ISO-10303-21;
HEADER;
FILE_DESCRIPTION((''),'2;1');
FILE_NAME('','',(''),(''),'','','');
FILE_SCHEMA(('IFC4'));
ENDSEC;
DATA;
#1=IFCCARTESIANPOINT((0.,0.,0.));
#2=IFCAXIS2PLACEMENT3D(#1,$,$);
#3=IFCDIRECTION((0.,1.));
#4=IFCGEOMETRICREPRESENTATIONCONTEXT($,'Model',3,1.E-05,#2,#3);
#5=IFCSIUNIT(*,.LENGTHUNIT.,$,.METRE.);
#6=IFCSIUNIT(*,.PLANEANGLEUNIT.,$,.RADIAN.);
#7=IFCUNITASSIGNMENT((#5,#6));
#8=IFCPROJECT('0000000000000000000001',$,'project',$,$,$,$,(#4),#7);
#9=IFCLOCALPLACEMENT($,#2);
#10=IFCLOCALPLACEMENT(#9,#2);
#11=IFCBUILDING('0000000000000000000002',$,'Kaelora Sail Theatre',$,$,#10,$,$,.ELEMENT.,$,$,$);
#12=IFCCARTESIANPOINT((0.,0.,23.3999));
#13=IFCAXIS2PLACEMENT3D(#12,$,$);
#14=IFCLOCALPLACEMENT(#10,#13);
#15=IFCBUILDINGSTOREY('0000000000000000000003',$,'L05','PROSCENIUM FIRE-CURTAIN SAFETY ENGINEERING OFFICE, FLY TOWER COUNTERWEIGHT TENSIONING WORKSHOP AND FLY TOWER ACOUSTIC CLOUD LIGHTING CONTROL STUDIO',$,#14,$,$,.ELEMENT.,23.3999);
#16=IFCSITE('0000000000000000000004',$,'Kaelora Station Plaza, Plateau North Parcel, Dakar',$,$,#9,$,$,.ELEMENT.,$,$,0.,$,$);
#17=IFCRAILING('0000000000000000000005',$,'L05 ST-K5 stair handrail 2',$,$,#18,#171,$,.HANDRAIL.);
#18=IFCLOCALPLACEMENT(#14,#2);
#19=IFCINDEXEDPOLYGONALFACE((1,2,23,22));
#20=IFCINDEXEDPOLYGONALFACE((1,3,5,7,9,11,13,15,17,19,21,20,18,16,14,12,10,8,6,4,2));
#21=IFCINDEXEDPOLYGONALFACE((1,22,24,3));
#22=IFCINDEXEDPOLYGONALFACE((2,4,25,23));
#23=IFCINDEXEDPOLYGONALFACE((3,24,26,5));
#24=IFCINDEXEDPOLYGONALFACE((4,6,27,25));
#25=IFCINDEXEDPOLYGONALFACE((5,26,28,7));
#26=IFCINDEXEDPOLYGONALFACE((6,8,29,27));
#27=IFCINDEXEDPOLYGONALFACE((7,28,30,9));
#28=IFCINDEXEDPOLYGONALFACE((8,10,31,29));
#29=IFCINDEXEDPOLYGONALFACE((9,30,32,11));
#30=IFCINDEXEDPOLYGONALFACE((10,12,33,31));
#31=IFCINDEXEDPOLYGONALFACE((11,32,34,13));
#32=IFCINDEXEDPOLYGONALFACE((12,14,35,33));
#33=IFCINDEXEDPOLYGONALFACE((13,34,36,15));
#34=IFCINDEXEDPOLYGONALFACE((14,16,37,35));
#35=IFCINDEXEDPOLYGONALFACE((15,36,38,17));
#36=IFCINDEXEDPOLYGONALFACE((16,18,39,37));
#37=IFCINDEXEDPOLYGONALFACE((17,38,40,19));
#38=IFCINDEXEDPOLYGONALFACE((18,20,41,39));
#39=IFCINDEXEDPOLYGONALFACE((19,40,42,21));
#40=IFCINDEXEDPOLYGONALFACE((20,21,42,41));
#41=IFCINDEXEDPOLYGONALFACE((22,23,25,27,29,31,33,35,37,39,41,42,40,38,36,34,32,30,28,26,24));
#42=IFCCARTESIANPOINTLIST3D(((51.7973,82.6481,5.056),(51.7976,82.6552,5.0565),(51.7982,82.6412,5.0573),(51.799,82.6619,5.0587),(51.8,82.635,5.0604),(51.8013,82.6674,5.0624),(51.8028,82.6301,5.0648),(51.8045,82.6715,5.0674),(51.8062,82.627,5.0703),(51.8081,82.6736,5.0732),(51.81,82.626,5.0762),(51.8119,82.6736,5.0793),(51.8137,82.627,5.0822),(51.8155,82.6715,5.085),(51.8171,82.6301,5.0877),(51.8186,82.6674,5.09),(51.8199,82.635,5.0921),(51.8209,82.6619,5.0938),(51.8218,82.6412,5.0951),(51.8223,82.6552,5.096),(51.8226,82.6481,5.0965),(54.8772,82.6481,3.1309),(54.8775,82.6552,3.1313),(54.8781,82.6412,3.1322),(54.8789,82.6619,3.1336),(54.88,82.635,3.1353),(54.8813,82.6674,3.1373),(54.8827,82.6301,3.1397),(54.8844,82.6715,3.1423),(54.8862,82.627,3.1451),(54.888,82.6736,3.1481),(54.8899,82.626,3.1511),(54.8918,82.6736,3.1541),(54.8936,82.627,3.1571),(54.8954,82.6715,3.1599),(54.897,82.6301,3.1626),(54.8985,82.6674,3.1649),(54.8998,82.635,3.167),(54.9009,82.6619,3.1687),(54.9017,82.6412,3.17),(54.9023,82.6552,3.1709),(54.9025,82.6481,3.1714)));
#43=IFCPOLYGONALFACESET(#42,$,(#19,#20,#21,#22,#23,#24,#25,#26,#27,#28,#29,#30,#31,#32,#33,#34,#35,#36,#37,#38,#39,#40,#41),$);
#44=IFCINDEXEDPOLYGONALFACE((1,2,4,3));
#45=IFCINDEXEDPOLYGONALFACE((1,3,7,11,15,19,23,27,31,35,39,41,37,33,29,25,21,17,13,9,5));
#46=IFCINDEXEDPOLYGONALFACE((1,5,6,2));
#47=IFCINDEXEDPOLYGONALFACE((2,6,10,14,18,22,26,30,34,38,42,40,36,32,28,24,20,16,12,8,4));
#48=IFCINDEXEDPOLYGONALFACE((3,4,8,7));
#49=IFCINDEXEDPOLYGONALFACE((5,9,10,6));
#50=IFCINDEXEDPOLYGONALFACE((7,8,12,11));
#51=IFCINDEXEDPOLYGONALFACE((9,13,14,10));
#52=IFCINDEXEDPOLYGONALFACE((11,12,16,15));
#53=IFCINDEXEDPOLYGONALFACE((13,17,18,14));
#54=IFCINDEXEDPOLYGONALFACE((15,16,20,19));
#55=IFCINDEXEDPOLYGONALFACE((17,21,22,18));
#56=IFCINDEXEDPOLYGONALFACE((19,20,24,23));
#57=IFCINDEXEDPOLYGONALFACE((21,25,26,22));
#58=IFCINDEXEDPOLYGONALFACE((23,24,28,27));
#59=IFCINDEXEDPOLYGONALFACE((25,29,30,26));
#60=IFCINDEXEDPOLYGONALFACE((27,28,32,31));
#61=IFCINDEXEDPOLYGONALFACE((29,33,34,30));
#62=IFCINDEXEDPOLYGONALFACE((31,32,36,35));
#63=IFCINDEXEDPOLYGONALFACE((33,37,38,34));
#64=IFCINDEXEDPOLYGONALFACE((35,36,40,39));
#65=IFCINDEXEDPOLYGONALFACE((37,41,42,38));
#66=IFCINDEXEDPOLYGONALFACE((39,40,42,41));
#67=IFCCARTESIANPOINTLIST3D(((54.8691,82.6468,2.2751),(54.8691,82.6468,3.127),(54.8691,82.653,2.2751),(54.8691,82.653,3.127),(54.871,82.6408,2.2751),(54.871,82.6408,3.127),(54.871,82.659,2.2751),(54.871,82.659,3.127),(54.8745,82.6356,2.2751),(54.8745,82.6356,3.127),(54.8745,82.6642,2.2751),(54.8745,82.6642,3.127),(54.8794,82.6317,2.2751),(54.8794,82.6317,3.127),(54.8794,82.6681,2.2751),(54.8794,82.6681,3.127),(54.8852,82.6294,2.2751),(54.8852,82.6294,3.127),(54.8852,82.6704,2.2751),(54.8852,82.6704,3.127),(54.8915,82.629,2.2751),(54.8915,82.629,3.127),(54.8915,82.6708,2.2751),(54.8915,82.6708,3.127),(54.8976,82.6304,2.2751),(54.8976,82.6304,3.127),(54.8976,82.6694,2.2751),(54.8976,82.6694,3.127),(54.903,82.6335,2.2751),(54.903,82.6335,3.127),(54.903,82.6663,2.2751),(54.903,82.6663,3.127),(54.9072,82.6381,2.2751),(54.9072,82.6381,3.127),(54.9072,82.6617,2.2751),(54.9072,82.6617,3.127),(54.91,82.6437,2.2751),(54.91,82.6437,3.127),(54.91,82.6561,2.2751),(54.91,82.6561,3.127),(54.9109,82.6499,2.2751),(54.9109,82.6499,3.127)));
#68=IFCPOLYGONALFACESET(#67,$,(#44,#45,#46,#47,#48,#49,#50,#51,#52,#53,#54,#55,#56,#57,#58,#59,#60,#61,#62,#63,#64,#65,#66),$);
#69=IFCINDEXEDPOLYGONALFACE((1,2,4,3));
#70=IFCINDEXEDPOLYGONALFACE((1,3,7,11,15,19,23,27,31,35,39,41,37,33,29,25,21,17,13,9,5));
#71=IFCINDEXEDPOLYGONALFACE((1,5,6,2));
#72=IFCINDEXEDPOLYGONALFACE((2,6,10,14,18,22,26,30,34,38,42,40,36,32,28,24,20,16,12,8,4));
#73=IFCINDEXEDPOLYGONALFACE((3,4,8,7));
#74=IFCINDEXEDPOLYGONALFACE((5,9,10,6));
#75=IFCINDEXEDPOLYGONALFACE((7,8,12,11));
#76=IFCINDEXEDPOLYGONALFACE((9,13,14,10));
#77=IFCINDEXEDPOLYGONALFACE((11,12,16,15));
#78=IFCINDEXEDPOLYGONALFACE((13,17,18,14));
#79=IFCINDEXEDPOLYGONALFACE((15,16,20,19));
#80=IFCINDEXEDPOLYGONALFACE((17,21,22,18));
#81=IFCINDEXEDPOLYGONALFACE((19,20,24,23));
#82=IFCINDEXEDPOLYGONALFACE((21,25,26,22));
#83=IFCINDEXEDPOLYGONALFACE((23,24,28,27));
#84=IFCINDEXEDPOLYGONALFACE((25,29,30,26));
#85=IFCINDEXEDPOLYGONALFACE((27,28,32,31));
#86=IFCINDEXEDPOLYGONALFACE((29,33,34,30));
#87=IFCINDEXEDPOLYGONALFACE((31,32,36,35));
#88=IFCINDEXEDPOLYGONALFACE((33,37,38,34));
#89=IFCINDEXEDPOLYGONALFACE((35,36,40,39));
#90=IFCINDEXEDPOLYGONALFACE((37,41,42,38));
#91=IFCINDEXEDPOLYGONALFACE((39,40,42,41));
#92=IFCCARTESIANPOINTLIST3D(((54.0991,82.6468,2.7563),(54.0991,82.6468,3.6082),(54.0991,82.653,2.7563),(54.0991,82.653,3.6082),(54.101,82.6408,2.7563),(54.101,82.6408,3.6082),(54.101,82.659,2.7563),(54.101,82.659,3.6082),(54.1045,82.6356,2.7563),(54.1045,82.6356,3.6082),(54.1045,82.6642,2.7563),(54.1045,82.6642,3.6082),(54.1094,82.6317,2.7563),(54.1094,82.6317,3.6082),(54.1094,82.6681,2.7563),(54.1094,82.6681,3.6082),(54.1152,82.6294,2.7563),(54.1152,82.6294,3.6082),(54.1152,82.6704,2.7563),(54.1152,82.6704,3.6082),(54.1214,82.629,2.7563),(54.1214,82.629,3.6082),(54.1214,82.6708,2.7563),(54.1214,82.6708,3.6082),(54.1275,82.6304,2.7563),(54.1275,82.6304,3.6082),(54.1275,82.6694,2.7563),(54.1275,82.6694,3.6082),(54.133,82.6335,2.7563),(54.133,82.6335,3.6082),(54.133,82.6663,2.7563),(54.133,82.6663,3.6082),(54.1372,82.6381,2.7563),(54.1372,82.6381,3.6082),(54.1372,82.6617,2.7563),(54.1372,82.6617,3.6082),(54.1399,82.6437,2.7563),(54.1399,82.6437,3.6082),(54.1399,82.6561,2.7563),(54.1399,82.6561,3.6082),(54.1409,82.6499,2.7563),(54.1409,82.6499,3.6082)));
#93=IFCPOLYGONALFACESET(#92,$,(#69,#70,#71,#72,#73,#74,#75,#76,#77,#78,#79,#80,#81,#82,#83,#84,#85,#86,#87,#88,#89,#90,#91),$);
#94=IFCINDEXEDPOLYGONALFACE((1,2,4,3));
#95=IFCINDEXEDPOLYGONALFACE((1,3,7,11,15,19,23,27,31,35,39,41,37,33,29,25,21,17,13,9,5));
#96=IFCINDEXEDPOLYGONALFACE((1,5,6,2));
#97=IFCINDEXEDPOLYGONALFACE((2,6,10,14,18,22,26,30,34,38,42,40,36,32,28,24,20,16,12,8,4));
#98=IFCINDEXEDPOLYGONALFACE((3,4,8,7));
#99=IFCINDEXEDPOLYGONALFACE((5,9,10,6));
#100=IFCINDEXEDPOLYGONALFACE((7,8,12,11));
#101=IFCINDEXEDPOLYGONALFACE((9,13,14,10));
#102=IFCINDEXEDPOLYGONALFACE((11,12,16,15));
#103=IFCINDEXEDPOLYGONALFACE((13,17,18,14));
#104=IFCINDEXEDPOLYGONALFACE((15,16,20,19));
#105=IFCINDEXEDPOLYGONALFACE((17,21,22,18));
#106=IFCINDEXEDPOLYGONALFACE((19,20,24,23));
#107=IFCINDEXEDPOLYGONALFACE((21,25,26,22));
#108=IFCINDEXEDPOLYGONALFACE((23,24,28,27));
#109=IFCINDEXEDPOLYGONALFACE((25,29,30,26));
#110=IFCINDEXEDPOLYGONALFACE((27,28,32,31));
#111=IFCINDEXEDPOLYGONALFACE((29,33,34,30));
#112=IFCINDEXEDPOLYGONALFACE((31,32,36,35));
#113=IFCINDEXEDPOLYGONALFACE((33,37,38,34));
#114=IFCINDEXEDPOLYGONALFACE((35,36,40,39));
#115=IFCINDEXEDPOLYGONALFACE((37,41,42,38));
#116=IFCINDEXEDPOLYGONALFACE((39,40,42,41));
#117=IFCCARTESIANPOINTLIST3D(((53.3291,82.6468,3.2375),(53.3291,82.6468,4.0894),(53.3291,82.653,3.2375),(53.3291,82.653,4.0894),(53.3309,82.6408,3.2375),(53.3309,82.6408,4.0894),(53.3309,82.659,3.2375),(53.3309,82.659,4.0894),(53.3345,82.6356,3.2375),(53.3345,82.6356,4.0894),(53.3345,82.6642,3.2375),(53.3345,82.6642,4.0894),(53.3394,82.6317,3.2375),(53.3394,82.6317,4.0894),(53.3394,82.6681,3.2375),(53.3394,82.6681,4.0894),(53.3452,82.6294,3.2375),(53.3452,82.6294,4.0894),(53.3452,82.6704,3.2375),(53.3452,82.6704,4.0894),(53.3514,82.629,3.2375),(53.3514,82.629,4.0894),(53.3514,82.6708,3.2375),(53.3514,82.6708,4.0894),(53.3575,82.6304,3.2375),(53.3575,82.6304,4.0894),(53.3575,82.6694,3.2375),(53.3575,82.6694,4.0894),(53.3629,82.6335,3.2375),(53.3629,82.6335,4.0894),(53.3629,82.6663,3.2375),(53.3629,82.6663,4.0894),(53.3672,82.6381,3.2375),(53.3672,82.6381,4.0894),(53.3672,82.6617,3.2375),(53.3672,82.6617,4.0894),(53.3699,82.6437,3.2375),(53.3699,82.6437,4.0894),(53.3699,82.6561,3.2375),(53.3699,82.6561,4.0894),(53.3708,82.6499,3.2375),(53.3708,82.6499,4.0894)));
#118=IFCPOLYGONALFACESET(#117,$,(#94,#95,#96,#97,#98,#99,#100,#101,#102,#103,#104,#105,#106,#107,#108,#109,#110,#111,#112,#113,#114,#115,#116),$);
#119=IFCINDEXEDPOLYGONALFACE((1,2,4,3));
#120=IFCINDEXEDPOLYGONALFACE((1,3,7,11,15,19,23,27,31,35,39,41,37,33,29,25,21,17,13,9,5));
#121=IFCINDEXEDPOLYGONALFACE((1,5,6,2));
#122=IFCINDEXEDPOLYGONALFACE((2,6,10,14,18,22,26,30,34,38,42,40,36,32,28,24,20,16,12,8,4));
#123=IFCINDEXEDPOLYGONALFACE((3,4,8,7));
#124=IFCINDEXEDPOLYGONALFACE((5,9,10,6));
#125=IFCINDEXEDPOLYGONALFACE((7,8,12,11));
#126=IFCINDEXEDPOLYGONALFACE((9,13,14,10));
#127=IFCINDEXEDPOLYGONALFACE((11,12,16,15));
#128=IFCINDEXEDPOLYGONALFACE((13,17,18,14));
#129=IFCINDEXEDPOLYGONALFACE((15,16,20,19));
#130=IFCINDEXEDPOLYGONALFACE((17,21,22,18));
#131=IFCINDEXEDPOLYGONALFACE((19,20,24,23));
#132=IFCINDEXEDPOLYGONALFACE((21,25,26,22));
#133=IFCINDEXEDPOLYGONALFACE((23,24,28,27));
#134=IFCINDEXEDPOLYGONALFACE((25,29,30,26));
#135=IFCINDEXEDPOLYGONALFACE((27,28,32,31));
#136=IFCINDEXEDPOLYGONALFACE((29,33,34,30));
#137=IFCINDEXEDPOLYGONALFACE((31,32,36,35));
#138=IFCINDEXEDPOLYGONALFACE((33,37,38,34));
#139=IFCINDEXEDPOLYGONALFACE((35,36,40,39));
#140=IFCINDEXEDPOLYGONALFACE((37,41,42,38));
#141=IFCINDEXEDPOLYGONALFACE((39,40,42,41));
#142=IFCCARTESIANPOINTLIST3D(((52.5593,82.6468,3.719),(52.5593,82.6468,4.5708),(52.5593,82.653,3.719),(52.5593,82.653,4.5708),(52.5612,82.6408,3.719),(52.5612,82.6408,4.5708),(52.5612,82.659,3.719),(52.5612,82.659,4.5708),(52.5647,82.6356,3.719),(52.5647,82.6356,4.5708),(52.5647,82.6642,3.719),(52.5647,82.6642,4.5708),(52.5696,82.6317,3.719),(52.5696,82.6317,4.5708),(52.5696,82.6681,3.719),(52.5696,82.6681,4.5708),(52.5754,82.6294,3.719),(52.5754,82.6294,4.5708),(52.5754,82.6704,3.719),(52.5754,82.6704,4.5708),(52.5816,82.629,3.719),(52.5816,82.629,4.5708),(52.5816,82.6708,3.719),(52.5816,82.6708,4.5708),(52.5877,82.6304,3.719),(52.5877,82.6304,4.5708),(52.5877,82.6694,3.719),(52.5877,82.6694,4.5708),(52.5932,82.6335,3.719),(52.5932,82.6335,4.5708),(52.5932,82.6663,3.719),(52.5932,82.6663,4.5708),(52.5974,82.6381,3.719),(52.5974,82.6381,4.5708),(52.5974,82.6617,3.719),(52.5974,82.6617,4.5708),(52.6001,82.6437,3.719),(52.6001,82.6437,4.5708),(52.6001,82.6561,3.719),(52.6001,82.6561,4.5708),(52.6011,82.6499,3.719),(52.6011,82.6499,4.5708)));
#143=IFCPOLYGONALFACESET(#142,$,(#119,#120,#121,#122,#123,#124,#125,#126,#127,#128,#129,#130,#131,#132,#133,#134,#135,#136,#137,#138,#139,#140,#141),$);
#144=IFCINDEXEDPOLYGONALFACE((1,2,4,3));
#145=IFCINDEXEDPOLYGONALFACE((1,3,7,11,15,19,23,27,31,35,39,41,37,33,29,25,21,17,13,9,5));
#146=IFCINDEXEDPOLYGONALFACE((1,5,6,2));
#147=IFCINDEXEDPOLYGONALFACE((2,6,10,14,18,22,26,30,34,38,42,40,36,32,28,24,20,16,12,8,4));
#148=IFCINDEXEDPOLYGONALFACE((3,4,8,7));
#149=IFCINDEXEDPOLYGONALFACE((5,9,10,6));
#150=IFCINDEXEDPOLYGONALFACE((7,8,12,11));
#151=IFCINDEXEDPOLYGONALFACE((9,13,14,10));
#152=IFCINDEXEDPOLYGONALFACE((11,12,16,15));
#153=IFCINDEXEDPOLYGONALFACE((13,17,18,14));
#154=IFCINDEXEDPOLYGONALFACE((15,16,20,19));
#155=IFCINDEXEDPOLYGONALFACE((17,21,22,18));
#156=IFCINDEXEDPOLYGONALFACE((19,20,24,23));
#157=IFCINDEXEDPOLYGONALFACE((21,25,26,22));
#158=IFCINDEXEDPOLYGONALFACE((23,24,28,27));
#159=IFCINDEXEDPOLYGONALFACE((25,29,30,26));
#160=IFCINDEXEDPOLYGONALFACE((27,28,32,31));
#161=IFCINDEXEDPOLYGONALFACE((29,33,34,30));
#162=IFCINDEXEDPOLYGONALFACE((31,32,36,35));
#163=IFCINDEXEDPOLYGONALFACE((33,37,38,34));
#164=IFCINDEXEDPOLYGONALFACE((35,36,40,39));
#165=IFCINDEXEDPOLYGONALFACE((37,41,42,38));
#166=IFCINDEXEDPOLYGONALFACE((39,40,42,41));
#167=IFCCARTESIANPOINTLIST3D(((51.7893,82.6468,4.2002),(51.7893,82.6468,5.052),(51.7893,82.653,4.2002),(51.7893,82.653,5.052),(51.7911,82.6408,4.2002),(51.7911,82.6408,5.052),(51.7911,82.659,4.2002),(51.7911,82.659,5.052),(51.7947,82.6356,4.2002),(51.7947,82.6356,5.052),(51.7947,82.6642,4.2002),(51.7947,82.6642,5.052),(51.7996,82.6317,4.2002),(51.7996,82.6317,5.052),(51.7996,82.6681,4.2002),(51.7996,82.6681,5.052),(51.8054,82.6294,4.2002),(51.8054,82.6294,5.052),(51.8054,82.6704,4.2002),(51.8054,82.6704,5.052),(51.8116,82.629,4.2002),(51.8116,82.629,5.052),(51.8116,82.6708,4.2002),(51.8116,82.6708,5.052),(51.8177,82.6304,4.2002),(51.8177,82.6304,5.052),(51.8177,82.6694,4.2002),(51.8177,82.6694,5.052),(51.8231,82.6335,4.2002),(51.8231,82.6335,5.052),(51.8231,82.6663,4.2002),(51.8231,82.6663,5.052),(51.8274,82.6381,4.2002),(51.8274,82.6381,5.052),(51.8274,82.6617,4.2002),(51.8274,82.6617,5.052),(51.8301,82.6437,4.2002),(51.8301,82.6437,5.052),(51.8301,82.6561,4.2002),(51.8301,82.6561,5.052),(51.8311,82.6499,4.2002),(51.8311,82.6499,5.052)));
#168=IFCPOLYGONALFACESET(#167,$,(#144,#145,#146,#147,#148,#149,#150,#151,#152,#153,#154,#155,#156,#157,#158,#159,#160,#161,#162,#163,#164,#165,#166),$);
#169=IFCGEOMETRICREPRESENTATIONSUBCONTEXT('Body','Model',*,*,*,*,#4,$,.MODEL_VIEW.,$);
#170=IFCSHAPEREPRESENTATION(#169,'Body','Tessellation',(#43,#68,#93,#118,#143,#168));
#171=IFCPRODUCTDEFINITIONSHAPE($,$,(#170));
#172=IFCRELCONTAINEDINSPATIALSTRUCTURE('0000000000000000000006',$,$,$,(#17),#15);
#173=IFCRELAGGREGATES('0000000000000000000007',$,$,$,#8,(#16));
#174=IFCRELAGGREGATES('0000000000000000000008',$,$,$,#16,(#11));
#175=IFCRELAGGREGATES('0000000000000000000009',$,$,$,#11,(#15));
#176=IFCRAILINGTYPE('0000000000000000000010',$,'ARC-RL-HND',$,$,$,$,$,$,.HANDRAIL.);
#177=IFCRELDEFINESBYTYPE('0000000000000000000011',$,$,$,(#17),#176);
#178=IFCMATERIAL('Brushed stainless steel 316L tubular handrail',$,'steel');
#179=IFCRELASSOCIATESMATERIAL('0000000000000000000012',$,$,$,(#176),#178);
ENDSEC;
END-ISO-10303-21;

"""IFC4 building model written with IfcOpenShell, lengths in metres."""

from ifc_helpers import new_model, si_unit, direction, frame, origin, origin_2d, place, context, subcontext, project, spatial, circle, extrude, material, type_object, element, save


model = new_model("IFC4")

# Units and contexts
model_context = context("Model", 3, precision=1e-05, world=origin(), true_north=direction((0.0, 1.0)))
body_context = subcontext(model_context, "Body", "Model", "MODEL_VIEW")
ifc_project = project(units=[si_unit("LENGTHUNIT", "METRE"), si_unit("PLANEANGLEUNIT", "RADIAN")], contexts=[model_context])

# Site, building, storey
site_placement = place(None, origin())
site = spatial("IfcSite", under=ifc_project, at=site_placement, Name="Kaelora Station Plaza, Plateau North Parcel, Dakar", CompositionType="ELEMENT", RefElevation=0.0)
building_placement = place(site_placement, origin())
building = spatial("IfcBuilding", under=site, at=building_placement, Name="Kaelora Sail Theatre", CompositionType="ELEMENT")
storey_placement = place(building_placement, frame((0.0, 0.0, 23.3999)))
storey = spatial("IfcBuildingStorey", under=building, at=storey_placement, Name="L05", Description="PROSCENIUM FIRE-CURTAIN SAFETY ENGINEERING OFFICE, FLY TOWER COUNTERWEIGHT TENSIONING WORKSHOP AND FLY TOWER ACOUSTIC CLOUD LIGHTING CONTROL STUDIO", CompositionType="ELEMENT", Elevation=23.3999)

# Railing
ifc_material_1 = material(Name="Brushed stainless steel 316L tubular handrail", Category="steel")
railing_type_1 = type_object("IfcRailingType", Name="ARC-RL-HND", PredefinedType="HANDRAIL", material=ifc_material_1)
railing_1_placement = place(storey_placement, frame((54.8899, 82.6499, 2.2751)))
element("IfcRailing", 1, at=railing_1_placement, inside=storey, type_object=railing_type_1, Name="L05 ST-K5 stair handrail 2", PredefinedType="HANDRAIL", context=body_context, shape_type="SweptSolid", body=[
    extrude(circle(Radius=0.0239, at=origin_2d()), frame((0.0, 0.0, 0.876), z_axis=(-0.847979, 0.0, 0.530029), x_axis=(0.0, -1.0, 0.0)), (0.0, 0.0, 1.0), 3.6321),
    extrude(circle(Radius=0.021, at=origin_2d()), origin(), (0.0, 0.0, 1.0), 0.8518),
    extrude(circle(Radius=0.021, at=origin_2d()), frame((-0.77, 0.0, 0.4812)), (0.0, 0.0, 1.0), 0.8518),
    extrude(circle(Radius=0.021, at=origin_2d()), frame((-1.54, 0.0, 0.9624)), (0.0, 0.0, 1.0), 0.8518),
    extrude(circle(Radius=0.021, at=origin_2d()), frame((-2.3098, 0.0, 1.4438)), (0.0, 0.0, 1.0), 0.8518),
    extrude(circle(Radius=0.021, at=origin_2d()), frame((-3.0798, 0.0, 1.925)), (0.0, 0.0, 1.0), 0.8518),
])

save(model, "model.ifc")
